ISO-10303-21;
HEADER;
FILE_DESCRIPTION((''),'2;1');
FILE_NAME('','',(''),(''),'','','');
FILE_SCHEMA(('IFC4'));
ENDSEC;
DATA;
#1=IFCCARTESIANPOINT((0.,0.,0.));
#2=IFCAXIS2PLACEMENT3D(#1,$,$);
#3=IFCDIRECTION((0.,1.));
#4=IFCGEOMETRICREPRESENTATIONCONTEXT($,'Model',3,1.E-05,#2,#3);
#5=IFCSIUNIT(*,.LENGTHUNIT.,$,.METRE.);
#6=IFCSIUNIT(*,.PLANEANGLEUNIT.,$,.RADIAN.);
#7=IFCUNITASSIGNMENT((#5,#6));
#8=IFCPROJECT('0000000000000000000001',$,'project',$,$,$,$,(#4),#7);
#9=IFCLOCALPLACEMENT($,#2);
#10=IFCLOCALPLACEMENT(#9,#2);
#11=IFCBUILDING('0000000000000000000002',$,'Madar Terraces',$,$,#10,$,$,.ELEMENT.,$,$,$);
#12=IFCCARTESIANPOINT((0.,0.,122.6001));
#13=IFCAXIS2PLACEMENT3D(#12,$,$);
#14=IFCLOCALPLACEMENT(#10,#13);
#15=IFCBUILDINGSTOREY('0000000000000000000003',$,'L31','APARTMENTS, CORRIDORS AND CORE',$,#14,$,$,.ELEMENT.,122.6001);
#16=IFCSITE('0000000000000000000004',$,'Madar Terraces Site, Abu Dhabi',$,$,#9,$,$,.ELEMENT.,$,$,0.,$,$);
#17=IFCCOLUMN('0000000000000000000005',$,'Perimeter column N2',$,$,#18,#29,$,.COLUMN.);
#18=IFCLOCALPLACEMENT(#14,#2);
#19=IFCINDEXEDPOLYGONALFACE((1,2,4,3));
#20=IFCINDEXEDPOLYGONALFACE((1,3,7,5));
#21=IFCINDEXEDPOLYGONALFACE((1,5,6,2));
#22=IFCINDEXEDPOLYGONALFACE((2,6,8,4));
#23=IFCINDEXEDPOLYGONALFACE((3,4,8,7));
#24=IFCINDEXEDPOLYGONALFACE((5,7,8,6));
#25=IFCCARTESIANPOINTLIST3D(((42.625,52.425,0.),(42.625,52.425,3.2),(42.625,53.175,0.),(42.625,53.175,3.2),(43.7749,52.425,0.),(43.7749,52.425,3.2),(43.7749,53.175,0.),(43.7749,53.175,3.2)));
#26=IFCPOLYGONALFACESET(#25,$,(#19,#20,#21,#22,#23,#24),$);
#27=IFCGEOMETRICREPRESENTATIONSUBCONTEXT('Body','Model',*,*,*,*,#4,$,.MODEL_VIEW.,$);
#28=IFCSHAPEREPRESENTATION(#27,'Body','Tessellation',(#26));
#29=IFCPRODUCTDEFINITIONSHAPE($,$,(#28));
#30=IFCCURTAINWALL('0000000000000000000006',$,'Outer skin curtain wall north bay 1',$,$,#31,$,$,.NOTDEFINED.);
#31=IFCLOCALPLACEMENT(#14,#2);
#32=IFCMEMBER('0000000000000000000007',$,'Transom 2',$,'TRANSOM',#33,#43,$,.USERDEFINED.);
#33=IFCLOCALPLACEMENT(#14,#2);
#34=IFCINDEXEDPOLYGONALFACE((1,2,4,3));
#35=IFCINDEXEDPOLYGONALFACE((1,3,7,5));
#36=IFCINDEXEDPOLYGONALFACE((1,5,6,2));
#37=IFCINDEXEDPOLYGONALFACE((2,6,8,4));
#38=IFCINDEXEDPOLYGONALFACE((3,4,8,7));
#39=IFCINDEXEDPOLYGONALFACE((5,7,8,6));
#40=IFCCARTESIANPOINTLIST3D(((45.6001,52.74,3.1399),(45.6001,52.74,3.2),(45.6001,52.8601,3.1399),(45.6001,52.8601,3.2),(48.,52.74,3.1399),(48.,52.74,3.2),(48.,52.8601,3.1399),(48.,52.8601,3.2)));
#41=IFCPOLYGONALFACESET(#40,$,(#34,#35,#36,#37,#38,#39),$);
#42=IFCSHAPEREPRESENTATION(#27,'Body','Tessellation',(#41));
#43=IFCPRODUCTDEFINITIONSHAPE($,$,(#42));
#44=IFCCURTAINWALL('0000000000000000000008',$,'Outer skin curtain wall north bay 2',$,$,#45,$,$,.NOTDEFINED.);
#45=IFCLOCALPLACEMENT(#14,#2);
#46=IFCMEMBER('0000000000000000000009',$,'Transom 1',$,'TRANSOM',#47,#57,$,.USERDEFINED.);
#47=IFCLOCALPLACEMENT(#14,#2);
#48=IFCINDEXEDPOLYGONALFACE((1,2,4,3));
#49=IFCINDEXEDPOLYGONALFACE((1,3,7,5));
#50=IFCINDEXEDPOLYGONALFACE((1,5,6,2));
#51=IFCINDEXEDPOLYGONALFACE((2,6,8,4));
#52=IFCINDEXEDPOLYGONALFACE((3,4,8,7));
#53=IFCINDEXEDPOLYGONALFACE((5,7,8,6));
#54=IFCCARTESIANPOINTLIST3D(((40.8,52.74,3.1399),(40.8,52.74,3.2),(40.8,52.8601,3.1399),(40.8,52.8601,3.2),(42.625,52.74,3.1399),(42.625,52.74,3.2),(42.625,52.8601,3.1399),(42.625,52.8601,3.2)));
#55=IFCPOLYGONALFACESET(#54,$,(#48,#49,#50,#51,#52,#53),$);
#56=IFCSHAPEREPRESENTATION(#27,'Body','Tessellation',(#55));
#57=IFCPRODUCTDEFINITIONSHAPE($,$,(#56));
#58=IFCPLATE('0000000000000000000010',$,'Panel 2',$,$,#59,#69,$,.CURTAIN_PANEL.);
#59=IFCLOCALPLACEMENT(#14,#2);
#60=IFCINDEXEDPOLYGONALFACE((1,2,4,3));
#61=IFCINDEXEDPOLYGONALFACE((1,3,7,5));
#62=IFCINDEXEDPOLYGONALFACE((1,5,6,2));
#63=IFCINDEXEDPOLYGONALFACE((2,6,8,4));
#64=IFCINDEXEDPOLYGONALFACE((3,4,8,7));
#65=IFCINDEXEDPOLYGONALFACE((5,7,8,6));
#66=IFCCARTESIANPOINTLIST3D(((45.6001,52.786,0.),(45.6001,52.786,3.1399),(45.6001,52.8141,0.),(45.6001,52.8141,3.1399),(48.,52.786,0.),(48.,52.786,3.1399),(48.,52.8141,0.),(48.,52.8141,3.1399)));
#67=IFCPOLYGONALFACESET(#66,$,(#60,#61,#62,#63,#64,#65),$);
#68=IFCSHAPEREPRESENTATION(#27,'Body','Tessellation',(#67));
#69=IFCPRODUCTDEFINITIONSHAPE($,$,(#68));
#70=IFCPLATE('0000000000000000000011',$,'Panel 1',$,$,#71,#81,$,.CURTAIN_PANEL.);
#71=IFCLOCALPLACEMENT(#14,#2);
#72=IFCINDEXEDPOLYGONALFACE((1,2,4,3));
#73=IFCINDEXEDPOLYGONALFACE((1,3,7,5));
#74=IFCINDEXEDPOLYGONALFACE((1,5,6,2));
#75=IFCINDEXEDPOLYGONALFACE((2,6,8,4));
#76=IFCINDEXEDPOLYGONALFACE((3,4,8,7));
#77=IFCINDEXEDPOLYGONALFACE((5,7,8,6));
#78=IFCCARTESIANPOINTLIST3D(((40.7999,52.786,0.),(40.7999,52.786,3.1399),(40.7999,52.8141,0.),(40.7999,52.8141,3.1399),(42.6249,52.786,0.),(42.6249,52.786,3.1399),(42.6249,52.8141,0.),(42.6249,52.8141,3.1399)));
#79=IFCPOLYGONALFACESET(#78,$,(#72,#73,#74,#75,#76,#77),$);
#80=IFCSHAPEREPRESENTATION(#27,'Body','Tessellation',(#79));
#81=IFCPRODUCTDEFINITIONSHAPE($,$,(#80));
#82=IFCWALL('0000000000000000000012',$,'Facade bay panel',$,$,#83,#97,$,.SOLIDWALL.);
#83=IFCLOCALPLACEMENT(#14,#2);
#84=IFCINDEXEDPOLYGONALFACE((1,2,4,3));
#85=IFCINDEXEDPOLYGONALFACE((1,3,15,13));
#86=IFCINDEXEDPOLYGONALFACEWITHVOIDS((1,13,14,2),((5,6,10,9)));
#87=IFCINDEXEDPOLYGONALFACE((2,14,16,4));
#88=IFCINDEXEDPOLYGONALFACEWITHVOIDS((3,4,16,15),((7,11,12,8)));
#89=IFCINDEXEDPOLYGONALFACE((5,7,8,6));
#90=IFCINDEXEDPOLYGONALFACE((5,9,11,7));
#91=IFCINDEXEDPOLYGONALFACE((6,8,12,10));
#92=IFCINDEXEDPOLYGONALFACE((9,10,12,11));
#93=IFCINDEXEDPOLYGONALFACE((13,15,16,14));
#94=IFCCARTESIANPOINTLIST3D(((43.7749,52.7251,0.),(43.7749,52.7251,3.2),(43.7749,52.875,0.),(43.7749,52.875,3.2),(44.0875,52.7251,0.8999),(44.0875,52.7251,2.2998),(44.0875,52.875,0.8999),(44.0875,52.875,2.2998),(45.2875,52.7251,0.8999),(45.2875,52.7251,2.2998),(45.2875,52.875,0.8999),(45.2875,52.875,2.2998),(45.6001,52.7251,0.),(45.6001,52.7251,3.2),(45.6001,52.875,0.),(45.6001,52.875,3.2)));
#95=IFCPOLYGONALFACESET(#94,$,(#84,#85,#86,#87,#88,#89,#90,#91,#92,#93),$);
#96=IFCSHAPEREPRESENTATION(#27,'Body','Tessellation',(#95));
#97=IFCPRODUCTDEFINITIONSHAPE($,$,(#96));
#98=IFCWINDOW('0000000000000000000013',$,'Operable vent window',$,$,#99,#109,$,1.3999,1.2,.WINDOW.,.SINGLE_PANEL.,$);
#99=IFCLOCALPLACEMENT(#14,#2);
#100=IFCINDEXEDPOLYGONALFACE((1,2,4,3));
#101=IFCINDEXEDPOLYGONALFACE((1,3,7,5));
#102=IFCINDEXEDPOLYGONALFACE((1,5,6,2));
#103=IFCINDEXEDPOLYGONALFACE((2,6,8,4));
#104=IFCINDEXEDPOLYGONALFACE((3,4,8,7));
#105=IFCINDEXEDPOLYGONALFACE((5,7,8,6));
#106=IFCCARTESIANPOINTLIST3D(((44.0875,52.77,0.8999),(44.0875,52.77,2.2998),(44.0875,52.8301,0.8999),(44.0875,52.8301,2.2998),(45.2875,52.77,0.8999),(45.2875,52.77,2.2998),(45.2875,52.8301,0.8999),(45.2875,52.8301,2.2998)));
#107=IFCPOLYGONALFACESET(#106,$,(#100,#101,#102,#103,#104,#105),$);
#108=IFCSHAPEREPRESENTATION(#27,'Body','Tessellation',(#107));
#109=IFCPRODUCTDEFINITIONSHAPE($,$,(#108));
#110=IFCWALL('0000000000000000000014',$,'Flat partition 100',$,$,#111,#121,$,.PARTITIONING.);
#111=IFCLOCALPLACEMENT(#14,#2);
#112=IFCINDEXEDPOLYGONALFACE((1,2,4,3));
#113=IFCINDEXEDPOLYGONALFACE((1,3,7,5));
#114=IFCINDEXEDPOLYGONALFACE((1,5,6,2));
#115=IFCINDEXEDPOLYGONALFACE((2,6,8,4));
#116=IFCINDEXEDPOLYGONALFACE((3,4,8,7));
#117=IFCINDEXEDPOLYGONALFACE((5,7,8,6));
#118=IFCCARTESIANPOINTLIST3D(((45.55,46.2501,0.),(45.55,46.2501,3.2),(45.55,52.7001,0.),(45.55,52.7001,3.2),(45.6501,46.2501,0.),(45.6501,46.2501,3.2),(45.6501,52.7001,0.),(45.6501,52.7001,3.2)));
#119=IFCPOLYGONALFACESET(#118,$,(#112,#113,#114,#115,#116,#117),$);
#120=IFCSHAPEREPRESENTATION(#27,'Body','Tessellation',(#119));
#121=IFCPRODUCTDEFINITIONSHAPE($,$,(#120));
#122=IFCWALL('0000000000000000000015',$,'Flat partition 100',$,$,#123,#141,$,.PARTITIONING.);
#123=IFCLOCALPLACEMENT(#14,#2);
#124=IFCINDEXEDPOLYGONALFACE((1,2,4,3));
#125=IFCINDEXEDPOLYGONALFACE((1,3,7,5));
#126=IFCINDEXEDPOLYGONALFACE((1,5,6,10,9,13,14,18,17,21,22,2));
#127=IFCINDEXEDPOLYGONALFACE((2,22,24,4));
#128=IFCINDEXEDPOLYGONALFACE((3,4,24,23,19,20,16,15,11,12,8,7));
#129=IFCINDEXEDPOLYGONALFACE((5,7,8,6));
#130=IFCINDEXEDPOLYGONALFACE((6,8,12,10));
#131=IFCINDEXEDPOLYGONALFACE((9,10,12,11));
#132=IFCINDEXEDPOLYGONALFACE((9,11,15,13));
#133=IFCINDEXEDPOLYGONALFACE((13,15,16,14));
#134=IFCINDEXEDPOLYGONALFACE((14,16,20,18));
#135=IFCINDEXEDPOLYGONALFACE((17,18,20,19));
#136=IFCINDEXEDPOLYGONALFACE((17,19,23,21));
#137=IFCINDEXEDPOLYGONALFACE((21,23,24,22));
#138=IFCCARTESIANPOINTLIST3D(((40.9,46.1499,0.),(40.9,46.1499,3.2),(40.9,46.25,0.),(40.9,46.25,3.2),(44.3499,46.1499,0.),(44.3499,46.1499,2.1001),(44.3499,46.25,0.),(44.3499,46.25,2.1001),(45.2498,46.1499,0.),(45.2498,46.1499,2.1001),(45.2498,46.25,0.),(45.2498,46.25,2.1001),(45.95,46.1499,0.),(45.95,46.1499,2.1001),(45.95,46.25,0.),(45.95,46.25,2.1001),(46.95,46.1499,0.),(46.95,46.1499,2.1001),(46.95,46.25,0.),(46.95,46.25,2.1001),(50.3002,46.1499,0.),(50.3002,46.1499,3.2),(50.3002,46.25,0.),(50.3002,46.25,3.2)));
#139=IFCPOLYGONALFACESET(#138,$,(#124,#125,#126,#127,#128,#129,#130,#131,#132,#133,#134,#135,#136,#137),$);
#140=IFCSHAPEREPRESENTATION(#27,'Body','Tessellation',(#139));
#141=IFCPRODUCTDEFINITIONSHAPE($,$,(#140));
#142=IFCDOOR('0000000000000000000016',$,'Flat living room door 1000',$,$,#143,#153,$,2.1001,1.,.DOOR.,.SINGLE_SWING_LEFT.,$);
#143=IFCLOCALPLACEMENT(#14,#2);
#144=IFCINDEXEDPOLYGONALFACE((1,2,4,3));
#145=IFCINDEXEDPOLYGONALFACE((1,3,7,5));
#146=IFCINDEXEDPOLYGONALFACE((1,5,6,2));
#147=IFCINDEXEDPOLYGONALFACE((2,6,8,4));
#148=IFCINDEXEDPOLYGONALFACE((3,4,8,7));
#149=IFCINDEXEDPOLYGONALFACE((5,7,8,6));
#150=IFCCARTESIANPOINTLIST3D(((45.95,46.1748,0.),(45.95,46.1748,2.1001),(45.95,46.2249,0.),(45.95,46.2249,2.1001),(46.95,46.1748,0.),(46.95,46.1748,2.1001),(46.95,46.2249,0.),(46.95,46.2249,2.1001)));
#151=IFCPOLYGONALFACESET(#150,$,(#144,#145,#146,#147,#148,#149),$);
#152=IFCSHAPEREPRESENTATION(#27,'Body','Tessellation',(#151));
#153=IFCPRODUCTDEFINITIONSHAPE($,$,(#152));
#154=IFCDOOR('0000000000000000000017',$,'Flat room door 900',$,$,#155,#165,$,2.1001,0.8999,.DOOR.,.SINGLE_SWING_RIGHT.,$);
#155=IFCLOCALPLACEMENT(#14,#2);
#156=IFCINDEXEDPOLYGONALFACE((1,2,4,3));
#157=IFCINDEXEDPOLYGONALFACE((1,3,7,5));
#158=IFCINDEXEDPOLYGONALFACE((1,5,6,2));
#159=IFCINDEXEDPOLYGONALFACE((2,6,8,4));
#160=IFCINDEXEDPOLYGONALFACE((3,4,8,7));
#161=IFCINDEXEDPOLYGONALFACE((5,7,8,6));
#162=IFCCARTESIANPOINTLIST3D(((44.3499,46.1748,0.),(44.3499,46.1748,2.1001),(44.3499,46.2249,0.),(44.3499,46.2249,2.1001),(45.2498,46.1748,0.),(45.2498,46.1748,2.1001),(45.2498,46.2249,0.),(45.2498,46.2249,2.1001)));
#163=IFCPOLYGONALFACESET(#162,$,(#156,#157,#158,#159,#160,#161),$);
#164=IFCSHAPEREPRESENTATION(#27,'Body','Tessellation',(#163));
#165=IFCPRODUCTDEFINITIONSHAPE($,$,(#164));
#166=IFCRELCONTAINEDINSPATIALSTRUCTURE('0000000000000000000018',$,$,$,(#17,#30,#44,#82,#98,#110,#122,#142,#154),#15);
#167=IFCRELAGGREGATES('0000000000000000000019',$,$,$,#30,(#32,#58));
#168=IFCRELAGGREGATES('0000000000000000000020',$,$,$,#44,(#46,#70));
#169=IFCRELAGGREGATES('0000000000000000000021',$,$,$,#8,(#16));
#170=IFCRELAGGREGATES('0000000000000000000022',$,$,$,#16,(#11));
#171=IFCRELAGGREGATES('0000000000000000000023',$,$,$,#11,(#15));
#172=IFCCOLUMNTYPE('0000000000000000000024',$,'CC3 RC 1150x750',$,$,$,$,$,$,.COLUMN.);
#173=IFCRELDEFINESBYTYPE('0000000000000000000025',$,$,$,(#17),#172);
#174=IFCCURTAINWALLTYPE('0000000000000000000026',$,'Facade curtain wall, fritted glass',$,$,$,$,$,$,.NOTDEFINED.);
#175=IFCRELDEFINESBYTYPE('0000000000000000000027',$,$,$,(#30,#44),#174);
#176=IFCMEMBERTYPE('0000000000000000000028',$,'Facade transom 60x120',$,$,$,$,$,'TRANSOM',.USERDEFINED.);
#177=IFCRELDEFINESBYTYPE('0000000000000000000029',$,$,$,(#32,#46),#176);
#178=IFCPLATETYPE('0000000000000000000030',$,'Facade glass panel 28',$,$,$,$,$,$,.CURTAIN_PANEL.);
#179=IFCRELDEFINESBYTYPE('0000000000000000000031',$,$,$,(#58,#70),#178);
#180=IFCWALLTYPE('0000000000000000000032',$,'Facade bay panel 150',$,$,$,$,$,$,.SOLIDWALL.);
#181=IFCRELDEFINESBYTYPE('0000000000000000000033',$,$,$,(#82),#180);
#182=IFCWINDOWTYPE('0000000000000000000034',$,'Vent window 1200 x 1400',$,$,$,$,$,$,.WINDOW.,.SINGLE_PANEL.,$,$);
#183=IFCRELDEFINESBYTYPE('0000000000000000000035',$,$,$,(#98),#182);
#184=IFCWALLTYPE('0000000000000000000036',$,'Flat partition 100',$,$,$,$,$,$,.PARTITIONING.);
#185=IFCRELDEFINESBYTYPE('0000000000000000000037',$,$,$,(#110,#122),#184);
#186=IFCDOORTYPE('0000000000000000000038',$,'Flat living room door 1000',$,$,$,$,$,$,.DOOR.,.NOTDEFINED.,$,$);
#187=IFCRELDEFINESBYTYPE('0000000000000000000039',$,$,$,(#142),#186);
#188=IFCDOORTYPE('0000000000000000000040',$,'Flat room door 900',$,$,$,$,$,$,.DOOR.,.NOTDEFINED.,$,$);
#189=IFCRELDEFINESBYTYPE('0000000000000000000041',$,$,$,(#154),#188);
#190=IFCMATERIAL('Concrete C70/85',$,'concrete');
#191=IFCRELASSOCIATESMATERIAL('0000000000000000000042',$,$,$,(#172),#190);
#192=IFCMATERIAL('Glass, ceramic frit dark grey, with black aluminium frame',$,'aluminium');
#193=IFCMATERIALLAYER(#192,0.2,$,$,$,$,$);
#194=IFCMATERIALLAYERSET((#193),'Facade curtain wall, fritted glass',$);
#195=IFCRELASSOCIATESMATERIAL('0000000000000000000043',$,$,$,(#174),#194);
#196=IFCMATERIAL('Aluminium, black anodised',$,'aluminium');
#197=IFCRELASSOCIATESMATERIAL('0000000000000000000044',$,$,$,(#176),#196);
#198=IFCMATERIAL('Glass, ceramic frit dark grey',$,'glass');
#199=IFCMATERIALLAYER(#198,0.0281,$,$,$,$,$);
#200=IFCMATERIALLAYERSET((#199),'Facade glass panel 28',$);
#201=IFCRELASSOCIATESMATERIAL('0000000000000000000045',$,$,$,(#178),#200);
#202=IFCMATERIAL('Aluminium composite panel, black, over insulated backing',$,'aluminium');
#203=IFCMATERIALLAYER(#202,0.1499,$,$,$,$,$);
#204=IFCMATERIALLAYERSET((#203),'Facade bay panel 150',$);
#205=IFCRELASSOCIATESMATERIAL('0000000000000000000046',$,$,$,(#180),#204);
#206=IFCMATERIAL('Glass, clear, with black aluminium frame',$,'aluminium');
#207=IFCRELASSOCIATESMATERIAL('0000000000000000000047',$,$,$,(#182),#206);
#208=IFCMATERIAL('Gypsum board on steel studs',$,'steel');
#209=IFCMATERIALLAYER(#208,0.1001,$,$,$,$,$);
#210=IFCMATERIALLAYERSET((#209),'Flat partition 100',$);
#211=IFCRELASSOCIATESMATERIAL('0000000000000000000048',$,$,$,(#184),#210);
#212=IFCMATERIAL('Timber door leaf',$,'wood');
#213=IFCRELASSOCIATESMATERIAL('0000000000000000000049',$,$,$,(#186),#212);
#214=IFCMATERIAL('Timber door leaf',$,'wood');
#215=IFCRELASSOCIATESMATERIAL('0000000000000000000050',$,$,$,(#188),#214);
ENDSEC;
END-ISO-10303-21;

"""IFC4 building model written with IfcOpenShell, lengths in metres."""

from ifc_helpers import new_model, si_unit, direction, frame, frame_2d, origin, origin_2d, place, context, subcontext, project, spatial, rectangle, extrude, material, layer, layer_set, material_profile, profile_set, type_object, element, fill, aggregate, save


model = new_model("IFC4")

# Units and contexts
model_context = context("Model", 3, precision=1e-05, world=origin(), true_north=direction((0.0, 1.0)))
body_context = subcontext(model_context, "Body", "Model", "MODEL_VIEW")
ifc_project = project(units=[si_unit("LENGTHUNIT", "METRE"), si_unit("PLANEANGLEUNIT", "RADIAN")], contexts=[model_context])

# Site, building, storey
site_placement = place(None, origin())
site = spatial("IfcSite", under=ifc_project, at=site_placement, Name="Madar Terraces Site, Abu Dhabi", CompositionType="ELEMENT", RefElevation=0.0)
building_placement = place(site_placement, origin())
building = spatial("IfcBuilding", under=site, at=building_placement, Name="Madar Terraces", CompositionType="ELEMENT")
storey_placement = place(building_placement, frame((0.0, 0.0, 122.6001)))
storey = spatial("IfcBuildingStorey", under=building, at=storey_placement, Name="L31", Description="APARTMENTS, CORRIDORS AND CORE", CompositionType="ELEMENT", Elevation=122.6001)

# Column
ifc_material_1 = material(Name="Concrete C70/85", Category="concrete")
ifc_material_profile_1 = material_profile(ifc_material_1, rectangle(XDim=1.1499, YDim=0.75, at=origin_2d()), Name="CC3 RC 1150x750")
ifc_profile_set_1 = profile_set([ifc_material_profile_1], Name="Concrete C70/85")
column_type = type_object("IfcColumnType", Name="CC3 RC 1150x750", PredefinedType="COLUMN", material=ifc_profile_set_1)
column_placement = place(storey_placement, frame((43.2, 52.8, 0.0), z_axis=(0.0, 0.0, 1.0), x_axis=(1.0, 0.0, 0.0)))
element("IfcColumn", 1, at=column_placement, inside=storey, type_object=column_type, Name="Perimeter column N2", PredefinedType="COLUMN", context=body_context, shape_type="SweptSolid", body=[
    extrude(rectangle(XDim=1.1499, YDim=0.75, at=origin_2d()), origin(), (0.0, 0.0, 1.0), 3.2),
])

# Curtain walls, members
ifc_material_2 = material(Name="Glass, ceramic frit dark grey, with black aluminium frame", Category="aluminium")
ifc_layer_1 = layer(ifc_material_2, 0.2)
ifc_layer_set_1 = layer_set([ifc_layer_1], Name="Facade curtain wall, fritted glass")
curtain_wall_type = type_object("IfcCurtainWallType", Name="Facade curtain wall, fritted glass", PredefinedType="NOTDEFINED", material=ifc_layer_set_1)
curtain_wall_1_placement = place(storey_placement, origin())
curtain_wall_1 = element("IfcCurtainWall", 2, at=curtain_wall_1_placement, inside=storey, type_object=curtain_wall_type, Name="Outer skin curtain wall north bay 1", PredefinedType="NOTDEFINED")
ifc_material_3 = material(Name="Aluminium, black anodised", Category="aluminium")
ifc_material_profile_2 = material_profile(ifc_material_3, rectangle(XDim=0.1201, YDim=0.0601, at=origin_2d()), Name="Facade transom 60x120")
ifc_profile_set_2 = profile_set([ifc_material_profile_2], Name="Aluminium, black anodised")
member_type = type_object("IfcMemberType", Name="Facade transom 60x120", ElementType="TRANSOM", PredefinedType="USERDEFINED", material=ifc_profile_set_2)
member_1_placement = place(storey_placement, frame((48.0, 52.8, 3.1699), z_axis=(-1.0, 0.0, 0.0), x_axis=(0.0, -1.0, 0.0)))
member_1 = element("IfcMember", 3, at=member_1_placement, type_object=member_type, Name="Transom 2", ObjectType="TRANSOM", PredefinedType="USERDEFINED", context=body_context, shape_type="SweptSolid", body=[
    extrude(rectangle(XDim=0.1201, YDim=0.0601, at=origin_2d()), origin(), (0.0, 0.0, 1.0), 2.3999),
])
curtain_wall_2_placement = place(storey_placement, origin())
curtain_wall_2 = element("IfcCurtainWall", 4, at=curtain_wall_2_placement, inside=storey, type_object=curtain_wall_type, Name="Outer skin curtain wall north bay 2", PredefinedType="NOTDEFINED")
member_2_placement = place(storey_placement, frame((42.625, 52.8, 3.1699), z_axis=(-1.0, 0.0, 0.0), x_axis=(0.0, -1.0, 0.0)))
member_2 = element("IfcMember", 5, at=member_2_placement, type_object=member_type, Name="Transom 1", ObjectType="TRANSOM", PredefinedType="USERDEFINED", context=body_context, shape_type="SweptSolid", body=[
    extrude(rectangle(XDim=0.1201, YDim=0.0601, at=origin_2d()), origin(), (0.0, 0.0, 1.0), 1.825),
])

# Plates
ifc_material_4 = material(Name="Glass, ceramic frit dark grey", Category="glass")
ifc_layer_2 = layer(ifc_material_4, 0.0281)
ifc_layer_set_2 = layer_set([ifc_layer_2], Name="Facade glass panel 28")
plate_type = type_object("IfcPlateType", Name="Facade glass panel 28", PredefinedType="CURTAIN_PANEL", material=ifc_layer_set_2)
plate_1_placement = place(storey_placement, frame((46.8, 52.8, 0.0), z_axis=(0.0, 0.0, 1.0), x_axis=(-1.0, 0.0, 0.0)))
plate_1 = element("IfcPlate", 6, at=plate_1_placement, type_object=plate_type, Name="Panel 2", PredefinedType="CURTAIN_PANEL", context=body_context, shape_type="SweptSolid", body=[
    extrude(rectangle(XDim=2.3999, YDim=0.0281, at=origin_2d()), origin(), (0.0, 0.0, 1.0), 3.1399),
])
aggregate(curtain_wall_1, [member_1, plate_1])
plate_2_placement = place(storey_placement, frame((41.7124, 52.8, 0.0), z_axis=(0.0, 0.0, 1.0), x_axis=(-1.0, 0.0, 0.0)))
plate_2 = element("IfcPlate", 7, at=plate_2_placement, type_object=plate_type, Name="Panel 1", PredefinedType="CURTAIN_PANEL", context=body_context, shape_type="SweptSolid", body=[
    extrude(rectangle(XDim=1.825, YDim=0.0281, at=origin_2d()), origin(), (0.0, 0.0, 1.0), 3.1399),
])
aggregate(curtain_wall_2, [member_2, plate_2])

# Wall, opening, window
ifc_material_5 = material(Name="Aluminium composite panel, black, over insulated backing", Category="aluminium")
ifc_layer_3 = layer(ifc_material_5, 0.1499)
ifc_layer_set_3 = layer_set([ifc_layer_3], Name="Facade bay panel 150")
wall_type_1 = type_object("IfcWallType", Name="Facade bay panel 150", PredefinedType="SOLIDWALL", material=ifc_layer_set_3)
wall_1_placement = place(storey_placement, frame((45.6001, 52.8, 0.0), z_axis=(0.0, 0.0, 1.0), x_axis=(-1.0, 0.0, 0.0)))
wall_1 = element("IfcWall", 8, at=wall_1_placement, inside=storey, type_object=wall_type_1, Name="Facade bay panel", PredefinedType="SOLIDWALL", context=body_context, shape_type="SweptSolid", body=[
    extrude(rectangle(XDim=1.8252, YDim=0.1499, at=frame_2d((0.9126, 0.0))), origin(), (0.0, 0.0, 1.0), 3.2),
])
opening_1_placement = place(wall_1_placement, frame((0.3125, 0.0, 0.8999)))
opening_1 = element("IfcOpeningElement", 9, at=opening_1_placement, cuts=wall_1, PredefinedType="OPENING", context=body_context, shape_type="SweptSolid", body=[
    extrude(rectangle(XDim=1.2, YDim=1.3999, at=frame_2d((0.6001, 0.7))), frame((0.0, 0.085, 0.0), z_axis=(0.0, -1.0, 0.0), x_axis=(1.0, 0.0, 0.0)), (0.0, 0.0, 1.0), 0.1699),
])
ifc_material_6 = material(Name="Glass, clear, with black aluminium frame", Category="aluminium")
window_type = type_object("IfcWindowType", Name="Vent window 1200 x 1400", PartitioningType="SINGLE_PANEL", PredefinedType="WINDOW", material=ifc_material_6)
window_placement = place(opening_1_placement, origin())
window = element("IfcWindow", 10, at=window_placement, inside=storey, type_object=window_type, Name="Operable vent window", OverallHeight=1.3999, OverallWidth=1.2, PartitioningType="SINGLE_PANEL", PredefinedType="WINDOW", context=body_context, shape_type="SweptSolid", body=[
    extrude(rectangle(XDim=1.2, YDim=1.3999, at=frame_2d((0.6001, 0.7))), frame((0.0, 0.03, 0.0), z_axis=(0.0, -1.0, 0.0), x_axis=(1.0, 0.0, 0.0)), (0.0, 0.0, 1.0), 0.0601),
])
fill(opening_1, window)

# Wall
ifc_material_7 = material(Name="Gypsum board on steel studs", Category="steel")
ifc_layer_4 = layer(ifc_material_7, 0.1001)
ifc_layer_set_4 = layer_set([ifc_layer_4], Name="Flat partition 100")
wall_type_2 = type_object("IfcWallType", Name="Flat partition 100", PredefinedType="PARTITIONING", material=ifc_layer_set_4)
wall_2_placement = place(storey_placement, frame((45.6001, 46.25, 0.0), z_axis=(0.0, 0.0, 1.0), x_axis=(0.0, 1.0, 0.0)))
element("IfcWall", 11, at=wall_2_placement, inside=storey, type_object=wall_type_2, Name="Flat partition 100", PredefinedType="PARTITIONING", context=body_context, shape_type="SweptSolid", body=[
    extrude(rectangle(XDim=6.45, YDim=0.1001, at=frame_2d((3.2251, 0.0))), origin(), (0.0, 0.0, 1.0), 3.2),
])

# Wall, openings, doors
wall_3_placement = place(storey_placement, frame((40.8999, 46.2, 0.0), z_axis=(0.0, 0.0, 1.0), x_axis=(1.0, 0.0, 0.0)))
wall_3 = element("IfcWall", 12, at=wall_3_placement, inside=storey, type_object=wall_type_2, Name="Flat partition 100", PredefinedType="PARTITIONING", context=body_context, shape_type="SweptSolid", body=[
    extrude(rectangle(XDim=9.4001, YDim=0.1001, at=frame_2d((4.7002, 0.0))), origin(), (0.0, 0.0, 1.0), 3.2),
])
opening_2_placement = place(wall_3_placement, frame((5.05, 0.0, 0.0)))
opening_2 = element("IfcOpeningElement", 13, at=opening_2_placement, cuts=wall_3, PredefinedType="OPENING", context=body_context, shape_type="SweptSolid", body=[
    extrude(rectangle(XDim=1.0, YDim=2.1001, at=frame_2d((0.5, 1.05))), frame((0.0, 0.0601, 0.0), z_axis=(0.0, -1.0, 0.0), x_axis=(1.0, 0.0, 0.0)), (0.0, 0.0, 1.0), 0.1201),
])
opening_3_placement = place(wall_3_placement, frame((3.45, 0.0, 0.0)))
opening_3 = element("IfcOpeningElement", 14, at=opening_3_placement, cuts=wall_3, PredefinedType="OPENING", context=body_context, shape_type="SweptSolid", body=[
    extrude(rectangle(XDim=0.8999, YDim=2.1001, at=frame_2d((0.45, 1.05))), frame((0.0, 0.0601, 0.0), z_axis=(0.0, -1.0, 0.0), x_axis=(1.0, 0.0, 0.0)), (0.0, 0.0, 1.0), 0.1201),
])
ifc_material_8 = material(Name="Timber door leaf", Category="wood")
door_type_1 = type_object("IfcDoorType", Name="Flat living room door 1000", OperationType="NOTDEFINED", PredefinedType="DOOR", material=ifc_material_8)
door_1_placement = place(opening_2_placement, origin())
door_1 = element("IfcDoor", 15, at=door_1_placement, inside=storey, type_object=door_type_1, Name="Flat living room door 1000", OperationType="SINGLE_SWING_LEFT", OverallHeight=2.1001, OverallWidth=1.0, PredefinedType="DOOR", context=body_context, shape_type="SweptSolid", body=[
    extrude(rectangle(XDim=1.0, YDim=2.1001, at=frame_2d((0.5, 1.05))), frame((0.0, 0.0249, 0.0), z_axis=(0.0, -1.0, 0.0), x_axis=(1.0, 0.0, 0.0)), (0.0, 0.0, 1.0), 0.05),
])
fill(opening_2, door_1)
ifc_material_9 = material(Name="Timber door leaf", Category="wood")
door_type_2 = type_object("IfcDoorType", Name="Flat room door 900", OperationType="NOTDEFINED", PredefinedType="DOOR", material=ifc_material_9)
door_2_placement = place(opening_3_placement, origin())
door_2 = element("IfcDoor", 16, at=door_2_placement, inside=storey, type_object=door_type_2, Name="Flat room door 900", OperationType="SINGLE_SWING_RIGHT", OverallHeight=2.1001, OverallWidth=0.8999, PredefinedType="DOOR", context=body_context, shape_type="SweptSolid", body=[
    extrude(rectangle(XDim=0.8999, YDim=2.1001, at=frame_2d((0.45, 1.05))), frame((0.0, 0.0249, 0.0), z_axis=(0.0, -1.0, 0.0), x_axis=(1.0, 0.0, 0.0)), (0.0, 0.0, 1.0), 0.05),
])
fill(opening_3, door_2)

save(model, "model.ifc")
